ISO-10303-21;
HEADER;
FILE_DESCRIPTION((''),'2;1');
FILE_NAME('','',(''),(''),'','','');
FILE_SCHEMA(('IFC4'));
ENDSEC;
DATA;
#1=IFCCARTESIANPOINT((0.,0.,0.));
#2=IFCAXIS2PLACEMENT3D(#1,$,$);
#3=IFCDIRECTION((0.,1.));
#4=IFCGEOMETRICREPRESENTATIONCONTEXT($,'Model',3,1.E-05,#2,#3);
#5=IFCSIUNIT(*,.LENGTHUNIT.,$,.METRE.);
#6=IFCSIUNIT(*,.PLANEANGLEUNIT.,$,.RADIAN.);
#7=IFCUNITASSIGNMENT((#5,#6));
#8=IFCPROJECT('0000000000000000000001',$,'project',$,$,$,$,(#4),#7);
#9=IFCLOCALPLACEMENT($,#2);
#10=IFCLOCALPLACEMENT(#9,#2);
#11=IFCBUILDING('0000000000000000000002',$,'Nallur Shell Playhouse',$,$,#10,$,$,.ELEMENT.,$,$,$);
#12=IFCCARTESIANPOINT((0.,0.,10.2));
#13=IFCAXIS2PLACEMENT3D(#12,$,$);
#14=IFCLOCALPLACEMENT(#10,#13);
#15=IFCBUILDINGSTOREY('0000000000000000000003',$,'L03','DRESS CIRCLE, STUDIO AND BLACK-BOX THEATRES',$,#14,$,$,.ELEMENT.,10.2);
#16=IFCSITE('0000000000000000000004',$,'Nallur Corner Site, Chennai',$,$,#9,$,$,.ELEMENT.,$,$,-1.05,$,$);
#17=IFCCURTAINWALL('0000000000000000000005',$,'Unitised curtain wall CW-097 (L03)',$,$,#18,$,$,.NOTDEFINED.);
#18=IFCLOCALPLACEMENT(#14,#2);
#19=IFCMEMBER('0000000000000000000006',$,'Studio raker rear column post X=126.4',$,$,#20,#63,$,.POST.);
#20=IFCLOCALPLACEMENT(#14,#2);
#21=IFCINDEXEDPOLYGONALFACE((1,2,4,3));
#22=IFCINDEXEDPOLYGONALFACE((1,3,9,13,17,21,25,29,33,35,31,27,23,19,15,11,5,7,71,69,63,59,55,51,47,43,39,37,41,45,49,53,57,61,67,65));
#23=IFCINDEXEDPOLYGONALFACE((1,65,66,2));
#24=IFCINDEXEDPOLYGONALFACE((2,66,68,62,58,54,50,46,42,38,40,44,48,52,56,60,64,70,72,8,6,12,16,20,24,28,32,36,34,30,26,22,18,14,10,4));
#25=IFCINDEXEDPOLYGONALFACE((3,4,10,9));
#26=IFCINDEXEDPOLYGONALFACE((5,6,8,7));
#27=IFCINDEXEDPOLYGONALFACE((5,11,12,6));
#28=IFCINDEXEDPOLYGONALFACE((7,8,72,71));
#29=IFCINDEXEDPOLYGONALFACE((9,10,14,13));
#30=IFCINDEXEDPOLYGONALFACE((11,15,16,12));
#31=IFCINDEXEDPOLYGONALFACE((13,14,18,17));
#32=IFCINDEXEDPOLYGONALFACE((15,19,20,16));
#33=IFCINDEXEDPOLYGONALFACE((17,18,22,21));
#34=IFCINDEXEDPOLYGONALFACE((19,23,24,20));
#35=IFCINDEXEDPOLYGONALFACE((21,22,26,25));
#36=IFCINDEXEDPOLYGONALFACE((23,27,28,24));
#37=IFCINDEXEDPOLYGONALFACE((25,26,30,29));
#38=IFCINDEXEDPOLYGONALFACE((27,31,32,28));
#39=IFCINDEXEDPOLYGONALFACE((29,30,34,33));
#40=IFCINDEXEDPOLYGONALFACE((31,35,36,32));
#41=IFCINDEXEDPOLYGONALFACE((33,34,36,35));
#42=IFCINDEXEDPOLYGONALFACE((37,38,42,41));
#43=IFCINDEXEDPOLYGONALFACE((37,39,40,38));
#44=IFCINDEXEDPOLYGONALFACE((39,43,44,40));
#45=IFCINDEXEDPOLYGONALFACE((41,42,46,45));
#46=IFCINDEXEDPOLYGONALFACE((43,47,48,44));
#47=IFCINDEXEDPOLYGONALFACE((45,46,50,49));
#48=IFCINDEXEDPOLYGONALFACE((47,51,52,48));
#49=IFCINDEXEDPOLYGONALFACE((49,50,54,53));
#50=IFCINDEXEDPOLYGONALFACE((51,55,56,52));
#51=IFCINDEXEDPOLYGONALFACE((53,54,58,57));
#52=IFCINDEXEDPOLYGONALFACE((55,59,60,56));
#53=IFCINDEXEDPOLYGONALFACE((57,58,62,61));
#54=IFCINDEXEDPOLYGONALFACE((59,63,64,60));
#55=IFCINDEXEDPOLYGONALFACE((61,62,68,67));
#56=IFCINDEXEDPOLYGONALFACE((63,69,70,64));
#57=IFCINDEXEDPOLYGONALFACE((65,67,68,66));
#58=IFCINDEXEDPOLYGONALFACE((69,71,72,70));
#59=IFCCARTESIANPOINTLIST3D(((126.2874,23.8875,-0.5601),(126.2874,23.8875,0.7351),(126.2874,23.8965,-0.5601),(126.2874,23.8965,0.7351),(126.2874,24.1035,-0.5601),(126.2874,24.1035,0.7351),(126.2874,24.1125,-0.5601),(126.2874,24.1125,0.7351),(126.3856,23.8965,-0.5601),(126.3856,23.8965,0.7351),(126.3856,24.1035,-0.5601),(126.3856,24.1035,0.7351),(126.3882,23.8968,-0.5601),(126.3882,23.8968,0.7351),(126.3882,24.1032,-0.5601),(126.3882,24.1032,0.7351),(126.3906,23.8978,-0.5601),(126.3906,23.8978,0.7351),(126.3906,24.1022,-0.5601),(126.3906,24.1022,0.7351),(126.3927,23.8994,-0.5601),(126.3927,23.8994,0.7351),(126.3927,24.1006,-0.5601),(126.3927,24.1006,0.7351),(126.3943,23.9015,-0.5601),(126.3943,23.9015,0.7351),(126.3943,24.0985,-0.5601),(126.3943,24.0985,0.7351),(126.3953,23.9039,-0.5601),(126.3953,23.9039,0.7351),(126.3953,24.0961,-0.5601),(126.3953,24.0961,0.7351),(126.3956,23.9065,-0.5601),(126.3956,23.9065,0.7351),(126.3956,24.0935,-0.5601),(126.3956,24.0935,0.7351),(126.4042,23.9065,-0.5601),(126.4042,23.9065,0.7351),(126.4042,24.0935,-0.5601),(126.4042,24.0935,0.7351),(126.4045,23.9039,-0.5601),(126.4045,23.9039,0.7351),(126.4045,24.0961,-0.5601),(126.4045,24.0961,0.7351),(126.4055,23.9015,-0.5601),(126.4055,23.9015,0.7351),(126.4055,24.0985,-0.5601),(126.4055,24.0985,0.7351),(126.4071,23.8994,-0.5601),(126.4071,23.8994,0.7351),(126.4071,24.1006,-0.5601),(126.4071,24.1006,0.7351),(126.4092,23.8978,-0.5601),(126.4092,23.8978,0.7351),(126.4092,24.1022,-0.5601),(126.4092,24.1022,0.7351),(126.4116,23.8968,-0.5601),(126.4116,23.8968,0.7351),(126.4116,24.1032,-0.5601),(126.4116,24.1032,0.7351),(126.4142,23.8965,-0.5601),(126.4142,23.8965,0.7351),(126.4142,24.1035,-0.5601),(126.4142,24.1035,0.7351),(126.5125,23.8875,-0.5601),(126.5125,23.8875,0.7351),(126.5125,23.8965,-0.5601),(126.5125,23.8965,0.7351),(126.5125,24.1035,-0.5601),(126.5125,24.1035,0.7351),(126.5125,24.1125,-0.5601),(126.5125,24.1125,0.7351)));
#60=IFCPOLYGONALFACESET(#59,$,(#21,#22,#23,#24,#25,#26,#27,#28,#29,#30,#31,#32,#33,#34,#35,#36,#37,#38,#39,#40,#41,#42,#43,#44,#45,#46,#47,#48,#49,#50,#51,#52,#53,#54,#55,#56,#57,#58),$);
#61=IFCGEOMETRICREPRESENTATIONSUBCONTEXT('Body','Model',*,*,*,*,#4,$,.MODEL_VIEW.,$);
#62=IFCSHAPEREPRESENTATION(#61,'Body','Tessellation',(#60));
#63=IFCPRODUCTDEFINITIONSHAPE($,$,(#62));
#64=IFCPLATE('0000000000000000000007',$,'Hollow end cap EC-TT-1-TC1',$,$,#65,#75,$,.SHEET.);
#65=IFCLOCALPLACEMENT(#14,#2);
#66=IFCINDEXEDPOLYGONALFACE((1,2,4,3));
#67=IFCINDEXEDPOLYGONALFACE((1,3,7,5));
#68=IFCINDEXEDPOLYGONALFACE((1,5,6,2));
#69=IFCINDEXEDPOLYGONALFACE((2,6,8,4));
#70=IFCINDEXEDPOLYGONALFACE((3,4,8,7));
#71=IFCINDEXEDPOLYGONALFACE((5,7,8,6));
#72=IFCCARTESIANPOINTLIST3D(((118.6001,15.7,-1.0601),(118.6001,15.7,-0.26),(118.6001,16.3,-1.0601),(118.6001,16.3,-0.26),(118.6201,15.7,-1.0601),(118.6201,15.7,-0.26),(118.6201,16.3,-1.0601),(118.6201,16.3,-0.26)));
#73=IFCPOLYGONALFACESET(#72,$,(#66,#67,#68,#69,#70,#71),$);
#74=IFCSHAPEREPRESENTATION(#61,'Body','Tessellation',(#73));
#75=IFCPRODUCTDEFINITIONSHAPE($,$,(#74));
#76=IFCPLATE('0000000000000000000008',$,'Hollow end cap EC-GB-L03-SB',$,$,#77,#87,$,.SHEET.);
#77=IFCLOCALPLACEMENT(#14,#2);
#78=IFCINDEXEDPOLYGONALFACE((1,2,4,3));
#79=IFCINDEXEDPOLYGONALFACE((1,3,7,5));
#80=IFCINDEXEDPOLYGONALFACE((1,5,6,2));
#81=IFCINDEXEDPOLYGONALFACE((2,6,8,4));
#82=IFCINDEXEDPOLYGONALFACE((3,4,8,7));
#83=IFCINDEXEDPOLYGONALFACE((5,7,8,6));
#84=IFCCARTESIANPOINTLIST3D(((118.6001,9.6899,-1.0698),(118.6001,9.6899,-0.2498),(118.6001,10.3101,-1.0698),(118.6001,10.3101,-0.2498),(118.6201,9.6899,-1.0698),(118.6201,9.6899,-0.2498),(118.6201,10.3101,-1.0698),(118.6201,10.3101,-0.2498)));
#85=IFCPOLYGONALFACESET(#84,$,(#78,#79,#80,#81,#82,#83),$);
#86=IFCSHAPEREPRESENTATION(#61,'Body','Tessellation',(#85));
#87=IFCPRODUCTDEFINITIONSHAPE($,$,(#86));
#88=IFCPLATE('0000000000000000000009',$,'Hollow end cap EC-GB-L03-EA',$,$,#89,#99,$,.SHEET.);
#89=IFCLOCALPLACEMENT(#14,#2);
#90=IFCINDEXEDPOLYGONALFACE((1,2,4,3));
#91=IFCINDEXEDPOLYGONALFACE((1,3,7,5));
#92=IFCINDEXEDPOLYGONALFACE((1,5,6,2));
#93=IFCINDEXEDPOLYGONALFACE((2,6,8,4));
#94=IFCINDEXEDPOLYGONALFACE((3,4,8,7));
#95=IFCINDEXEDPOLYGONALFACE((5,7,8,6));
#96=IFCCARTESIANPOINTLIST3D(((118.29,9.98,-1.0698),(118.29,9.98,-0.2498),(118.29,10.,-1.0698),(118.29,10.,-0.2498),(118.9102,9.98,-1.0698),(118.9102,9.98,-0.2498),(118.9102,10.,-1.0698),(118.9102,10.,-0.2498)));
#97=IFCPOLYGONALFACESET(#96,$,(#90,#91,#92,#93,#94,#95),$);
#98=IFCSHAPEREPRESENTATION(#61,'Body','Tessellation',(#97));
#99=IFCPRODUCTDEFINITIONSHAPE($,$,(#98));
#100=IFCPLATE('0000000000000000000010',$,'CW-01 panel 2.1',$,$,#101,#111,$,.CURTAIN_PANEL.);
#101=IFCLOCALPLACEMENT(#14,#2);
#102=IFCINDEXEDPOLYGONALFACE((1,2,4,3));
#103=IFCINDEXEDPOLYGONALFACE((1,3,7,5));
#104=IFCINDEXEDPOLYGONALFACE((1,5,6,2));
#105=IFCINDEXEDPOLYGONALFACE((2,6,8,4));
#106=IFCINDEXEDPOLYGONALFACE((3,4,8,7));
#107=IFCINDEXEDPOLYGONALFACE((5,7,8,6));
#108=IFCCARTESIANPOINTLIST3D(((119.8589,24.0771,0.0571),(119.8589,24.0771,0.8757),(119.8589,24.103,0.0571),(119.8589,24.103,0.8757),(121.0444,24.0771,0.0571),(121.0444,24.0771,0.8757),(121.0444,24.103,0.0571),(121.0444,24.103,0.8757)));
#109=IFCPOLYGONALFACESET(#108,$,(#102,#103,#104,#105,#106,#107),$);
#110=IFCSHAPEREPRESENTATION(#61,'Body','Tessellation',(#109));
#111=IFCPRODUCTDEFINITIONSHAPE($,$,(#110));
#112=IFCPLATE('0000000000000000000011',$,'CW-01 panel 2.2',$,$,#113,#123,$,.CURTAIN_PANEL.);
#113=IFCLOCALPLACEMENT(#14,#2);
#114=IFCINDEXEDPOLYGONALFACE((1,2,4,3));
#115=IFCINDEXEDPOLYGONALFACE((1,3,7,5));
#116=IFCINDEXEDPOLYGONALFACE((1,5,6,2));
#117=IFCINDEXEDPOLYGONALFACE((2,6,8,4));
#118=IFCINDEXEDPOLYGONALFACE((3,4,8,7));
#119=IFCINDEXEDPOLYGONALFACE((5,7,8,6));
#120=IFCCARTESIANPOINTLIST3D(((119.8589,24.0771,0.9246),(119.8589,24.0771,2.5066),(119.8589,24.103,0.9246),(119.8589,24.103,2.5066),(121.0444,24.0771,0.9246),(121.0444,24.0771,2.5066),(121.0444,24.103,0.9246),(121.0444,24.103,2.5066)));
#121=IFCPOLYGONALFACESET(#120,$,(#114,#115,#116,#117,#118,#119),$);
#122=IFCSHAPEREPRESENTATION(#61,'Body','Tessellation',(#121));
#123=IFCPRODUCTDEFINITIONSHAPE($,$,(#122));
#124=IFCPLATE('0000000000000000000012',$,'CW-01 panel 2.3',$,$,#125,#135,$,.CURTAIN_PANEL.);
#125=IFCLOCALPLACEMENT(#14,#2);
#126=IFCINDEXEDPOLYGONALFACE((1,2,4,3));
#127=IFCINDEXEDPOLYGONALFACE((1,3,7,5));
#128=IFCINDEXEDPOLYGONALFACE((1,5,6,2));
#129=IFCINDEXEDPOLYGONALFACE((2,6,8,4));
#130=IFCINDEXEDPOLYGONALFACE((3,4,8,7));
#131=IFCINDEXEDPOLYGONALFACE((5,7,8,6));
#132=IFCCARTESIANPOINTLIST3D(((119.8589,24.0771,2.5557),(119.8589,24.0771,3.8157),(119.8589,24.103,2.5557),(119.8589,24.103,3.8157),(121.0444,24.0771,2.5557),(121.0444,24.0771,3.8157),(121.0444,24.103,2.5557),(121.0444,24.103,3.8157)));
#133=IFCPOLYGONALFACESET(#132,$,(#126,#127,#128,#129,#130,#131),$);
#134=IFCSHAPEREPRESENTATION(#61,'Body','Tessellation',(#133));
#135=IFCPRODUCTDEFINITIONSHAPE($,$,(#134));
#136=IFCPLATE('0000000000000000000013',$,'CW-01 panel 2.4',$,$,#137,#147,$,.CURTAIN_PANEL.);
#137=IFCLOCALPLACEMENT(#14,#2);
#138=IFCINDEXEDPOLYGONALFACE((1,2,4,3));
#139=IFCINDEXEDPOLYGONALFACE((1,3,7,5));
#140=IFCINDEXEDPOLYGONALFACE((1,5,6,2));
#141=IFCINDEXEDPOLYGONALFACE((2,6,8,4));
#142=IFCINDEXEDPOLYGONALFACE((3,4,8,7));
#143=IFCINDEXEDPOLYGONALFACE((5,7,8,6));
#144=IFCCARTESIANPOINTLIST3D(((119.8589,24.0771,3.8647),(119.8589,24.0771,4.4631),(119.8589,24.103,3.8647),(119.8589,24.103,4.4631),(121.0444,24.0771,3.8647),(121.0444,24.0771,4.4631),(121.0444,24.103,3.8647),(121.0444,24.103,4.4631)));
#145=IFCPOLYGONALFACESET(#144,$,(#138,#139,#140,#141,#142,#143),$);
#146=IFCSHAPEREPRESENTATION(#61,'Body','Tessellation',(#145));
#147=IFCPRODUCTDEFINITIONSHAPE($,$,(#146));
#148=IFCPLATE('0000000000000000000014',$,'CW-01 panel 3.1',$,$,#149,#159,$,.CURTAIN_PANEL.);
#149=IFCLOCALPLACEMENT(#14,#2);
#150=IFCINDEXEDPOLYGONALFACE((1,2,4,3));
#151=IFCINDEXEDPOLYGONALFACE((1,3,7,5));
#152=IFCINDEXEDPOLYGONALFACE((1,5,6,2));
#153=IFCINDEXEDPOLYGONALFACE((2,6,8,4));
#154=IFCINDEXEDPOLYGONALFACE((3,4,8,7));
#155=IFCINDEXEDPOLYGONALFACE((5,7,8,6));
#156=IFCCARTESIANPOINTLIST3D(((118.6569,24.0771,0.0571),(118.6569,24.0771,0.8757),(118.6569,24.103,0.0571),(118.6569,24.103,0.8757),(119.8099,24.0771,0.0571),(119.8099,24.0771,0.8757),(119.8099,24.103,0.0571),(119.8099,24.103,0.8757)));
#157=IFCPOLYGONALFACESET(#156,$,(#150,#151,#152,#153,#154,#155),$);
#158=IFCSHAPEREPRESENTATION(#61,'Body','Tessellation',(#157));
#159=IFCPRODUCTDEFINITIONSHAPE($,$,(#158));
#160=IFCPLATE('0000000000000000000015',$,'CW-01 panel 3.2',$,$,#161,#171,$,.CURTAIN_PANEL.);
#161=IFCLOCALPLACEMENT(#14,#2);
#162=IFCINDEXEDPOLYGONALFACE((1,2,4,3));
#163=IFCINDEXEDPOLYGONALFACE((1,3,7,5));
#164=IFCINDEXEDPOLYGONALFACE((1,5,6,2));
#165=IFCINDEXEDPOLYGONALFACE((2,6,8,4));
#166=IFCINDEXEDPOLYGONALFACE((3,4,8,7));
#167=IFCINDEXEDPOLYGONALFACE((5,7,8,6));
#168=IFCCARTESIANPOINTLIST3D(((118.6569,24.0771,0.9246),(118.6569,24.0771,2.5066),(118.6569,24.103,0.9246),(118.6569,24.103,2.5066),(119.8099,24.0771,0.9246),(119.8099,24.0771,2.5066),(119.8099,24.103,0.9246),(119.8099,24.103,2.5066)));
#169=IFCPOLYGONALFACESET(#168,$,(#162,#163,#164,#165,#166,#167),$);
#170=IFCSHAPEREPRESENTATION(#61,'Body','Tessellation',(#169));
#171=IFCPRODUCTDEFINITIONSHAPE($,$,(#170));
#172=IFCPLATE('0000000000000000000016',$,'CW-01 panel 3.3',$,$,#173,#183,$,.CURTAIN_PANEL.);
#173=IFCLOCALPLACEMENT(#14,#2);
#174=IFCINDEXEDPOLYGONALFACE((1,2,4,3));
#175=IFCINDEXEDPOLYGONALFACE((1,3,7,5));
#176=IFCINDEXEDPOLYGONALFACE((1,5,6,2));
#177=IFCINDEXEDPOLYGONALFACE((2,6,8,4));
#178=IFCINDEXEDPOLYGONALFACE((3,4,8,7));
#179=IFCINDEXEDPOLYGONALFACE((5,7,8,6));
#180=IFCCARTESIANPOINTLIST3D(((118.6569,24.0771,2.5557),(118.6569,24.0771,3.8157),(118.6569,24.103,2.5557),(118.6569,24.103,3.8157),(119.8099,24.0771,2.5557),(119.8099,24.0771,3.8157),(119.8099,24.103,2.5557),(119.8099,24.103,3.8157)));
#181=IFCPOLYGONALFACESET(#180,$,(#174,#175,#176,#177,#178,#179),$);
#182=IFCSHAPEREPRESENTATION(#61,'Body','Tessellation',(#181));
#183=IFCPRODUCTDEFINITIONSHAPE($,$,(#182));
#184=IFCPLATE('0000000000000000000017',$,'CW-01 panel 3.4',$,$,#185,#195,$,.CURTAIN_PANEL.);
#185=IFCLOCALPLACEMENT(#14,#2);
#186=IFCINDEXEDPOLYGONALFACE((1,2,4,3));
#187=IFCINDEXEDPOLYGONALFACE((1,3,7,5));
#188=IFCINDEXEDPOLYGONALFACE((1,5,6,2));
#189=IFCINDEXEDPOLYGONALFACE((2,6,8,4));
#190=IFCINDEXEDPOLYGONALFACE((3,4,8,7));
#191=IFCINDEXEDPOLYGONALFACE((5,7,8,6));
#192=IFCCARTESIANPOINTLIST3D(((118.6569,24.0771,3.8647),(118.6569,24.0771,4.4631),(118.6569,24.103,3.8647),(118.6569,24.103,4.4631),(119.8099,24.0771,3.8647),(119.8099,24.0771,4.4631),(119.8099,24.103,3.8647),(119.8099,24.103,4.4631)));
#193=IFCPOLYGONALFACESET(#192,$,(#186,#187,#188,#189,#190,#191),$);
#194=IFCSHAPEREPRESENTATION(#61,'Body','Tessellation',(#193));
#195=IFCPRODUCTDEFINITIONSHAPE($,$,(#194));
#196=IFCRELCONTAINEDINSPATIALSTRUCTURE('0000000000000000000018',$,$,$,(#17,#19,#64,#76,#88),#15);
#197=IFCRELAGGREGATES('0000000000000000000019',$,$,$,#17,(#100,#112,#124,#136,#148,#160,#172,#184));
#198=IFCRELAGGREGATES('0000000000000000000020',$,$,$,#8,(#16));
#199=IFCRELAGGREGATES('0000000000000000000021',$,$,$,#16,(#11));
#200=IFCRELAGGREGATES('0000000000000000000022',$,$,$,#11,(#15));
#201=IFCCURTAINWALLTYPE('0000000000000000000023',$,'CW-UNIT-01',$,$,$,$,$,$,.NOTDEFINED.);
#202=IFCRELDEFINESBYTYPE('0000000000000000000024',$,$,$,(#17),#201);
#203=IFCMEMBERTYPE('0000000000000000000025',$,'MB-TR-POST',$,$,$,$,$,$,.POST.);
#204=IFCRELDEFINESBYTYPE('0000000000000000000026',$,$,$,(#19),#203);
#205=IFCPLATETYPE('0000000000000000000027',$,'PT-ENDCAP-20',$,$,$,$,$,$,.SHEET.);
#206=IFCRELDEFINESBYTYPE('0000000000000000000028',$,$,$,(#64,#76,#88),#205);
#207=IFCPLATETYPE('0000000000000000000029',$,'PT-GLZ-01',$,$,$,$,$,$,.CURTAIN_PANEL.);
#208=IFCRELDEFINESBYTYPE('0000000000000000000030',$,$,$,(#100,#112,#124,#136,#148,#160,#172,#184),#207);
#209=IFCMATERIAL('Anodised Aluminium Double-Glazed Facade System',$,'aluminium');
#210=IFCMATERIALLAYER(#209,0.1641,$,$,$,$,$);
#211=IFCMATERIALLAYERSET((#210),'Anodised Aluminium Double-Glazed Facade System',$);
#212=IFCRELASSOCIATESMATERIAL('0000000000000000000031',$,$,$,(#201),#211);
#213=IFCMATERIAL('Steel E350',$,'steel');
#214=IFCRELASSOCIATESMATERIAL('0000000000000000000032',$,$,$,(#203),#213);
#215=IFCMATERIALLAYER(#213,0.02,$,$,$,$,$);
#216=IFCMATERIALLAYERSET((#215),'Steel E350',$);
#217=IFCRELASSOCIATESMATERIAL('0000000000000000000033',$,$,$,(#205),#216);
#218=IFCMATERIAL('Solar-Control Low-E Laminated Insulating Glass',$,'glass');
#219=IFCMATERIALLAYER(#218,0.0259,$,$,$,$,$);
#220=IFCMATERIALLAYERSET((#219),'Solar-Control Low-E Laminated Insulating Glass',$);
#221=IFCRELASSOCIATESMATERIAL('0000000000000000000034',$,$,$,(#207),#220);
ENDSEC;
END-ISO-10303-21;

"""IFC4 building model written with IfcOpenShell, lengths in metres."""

from ifc_helpers import new_model, si_unit, direction, frame, origin, origin_2d, place, context, subcontext, project, spatial, rectangle, i_section, extrude, material, layer, layer_set, material_profile, profile_set, type_object, element, aggregate, save


model = new_model("IFC4")

# Units and contexts
model_context = context("Model", 3, precision=1e-05, world=origin(), true_north=direction((0.0, 1.0)))
body_context = subcontext(model_context, "Body", "Model", "MODEL_VIEW")
ifc_project = project(units=[si_unit("LENGTHUNIT", "METRE"), si_unit("PLANEANGLEUNIT", "RADIAN")], contexts=[model_context])

# Site, building, storey
site_placement = place(None, origin())
site = spatial("IfcSite", under=ifc_project, at=site_placement, Name="Nallur Corner Site, Chennai", CompositionType="ELEMENT", RefElevation=-1.05)
building_placement = place(site_placement, origin())
building = spatial("IfcBuilding", under=site, at=building_placement, Name="Nallur Shell Playhouse", CompositionType="ELEMENT")
storey_placement = place(building_placement, frame((0.0, 0.0, 10.2)))
storey = spatial("IfcBuildingStorey", under=building, at=storey_placement, Name="L03", Description="DRESS CIRCLE, STUDIO AND BLACK-BOX THEATRES", CompositionType="ELEMENT", Elevation=10.2)

# Shared definitions
ifc_material_1 = material(Name="Steel E350", Category="steel")

# Curtain wall
ifc_material_2 = material(Name="Anodised Aluminium Double-Glazed Facade System", Category="aluminium")
ifc_layer_1 = layer(ifc_material_2, 0.1641)
ifc_layer_set_1 = layer_set([ifc_layer_1], Name="Anodised Aluminium Double-Glazed Facade System")
curtain_wall_type = type_object("IfcCurtainWallType", Name="CW-UNIT-01", PredefinedType="NOTDEFINED", material=ifc_layer_set_1)
curtain_wall_placement = place(storey_placement, origin())
curtain_wall = element("IfcCurtainWall", 1, at=curtain_wall_placement, inside=storey, type_object=curtain_wall_type, Name="Unitised curtain wall CW-097 (L03)", PredefinedType="NOTDEFINED")

# Member
ifc_material_profile_1 = material_profile(ifc_material_1, i_section(OverallWidth=0.2251, OverallDepth=0.2251, WebThickness=0.0085, FlangeThickness=0.009, FilletRadius=0.01, at=origin_2d()), Name="ISHB 225")
ifc_profile_set_1 = profile_set([ifc_material_profile_1], Name="Steel E350")
member_type_1 = type_object("IfcMemberType", Name="MB-TR-POST", PredefinedType="POST", material=ifc_profile_set_1)
member_1_placement = place(storey_placement, frame((126.3999, 24.0, -0.5601), z_axis=(0.0, 0.0, 1.0), x_axis=(1.0, 0.0, 0.0)))
element("IfcMember", 2, at=member_1_placement, inside=storey, type_object=member_type_1, Name="Studio raker rear column post X=126.4", PredefinedType="POST", context=body_context, shape_type="SweptSolid", body=[
    extrude(i_section(OverallWidth=0.2251, OverallDepth=0.2251, WebThickness=0.0085, FlangeThickness=0.009, FilletRadius=0.01, at=origin_2d()), origin(), (0.0, 0.0, 1.0), 1.2952),
])

# Plates
ifc_layer_2 = layer(ifc_material_1, 0.02)
ifc_layer_set_2 = layer_set([ifc_layer_2], Name="Steel E350")
plate_type_1 = type_object("IfcPlateType", Name="PT-ENDCAP-20", PredefinedType="SHEET", material=ifc_layer_set_2)
plate_1_placement = place(storey_placement, frame((118.6101, 16.0, -1.0601), z_axis=(0.0, 0.0, 1.0), x_axis=(1.0, 0.0, 0.0)))
element("IfcPlate", 3, at=plate_1_placement, inside=storey, type_object=plate_type_1, Name="Hollow end cap EC-TT-1-TC1", PredefinedType="SHEET", context=body_context, shape_type="SweptSolid", body=[
    extrude(rectangle(XDim=0.02, YDim=0.6001, at=origin_2d()), origin(), (0.0, 0.0, 1.0), 0.8),
])
plate_2_placement = place(storey_placement, frame((118.6101, 10.0, -1.0698), z_axis=(0.0, 0.0, 1.0), x_axis=(1.0, 0.0, 0.0)))
element("IfcPlate", 4, at=plate_2_placement, inside=storey, type_object=plate_type_1, Name="Hollow end cap EC-GB-L03-SB", PredefinedType="SHEET", context=body_context, shape_type="SweptSolid", body=[
    extrude(rectangle(XDim=0.02, YDim=0.6201, at=origin_2d()), origin(), (0.0, 0.0, 1.0), 0.8201),
])
plate_3_placement = place(storey_placement, frame((118.6001, 9.99, -1.0698), z_axis=(0.0, 0.0, 1.0), x_axis=(1.0, 0.0, 0.0)))
element("IfcPlate", 5, at=plate_3_placement, inside=storey, type_object=plate_type_1, Name="Hollow end cap EC-GB-L03-EA", PredefinedType="SHEET", context=body_context, shape_type="SweptSolid", body=[
    extrude(rectangle(XDim=0.6201, YDim=0.02, at=origin_2d()), origin(), (0.0, 0.0, 1.0), 0.8201),
])

# Plates
ifc_material_3 = material(Name="Solar-Control Low-E Laminated Insulating Glass", Category="glass")
ifc_layer_3 = layer(ifc_material_3, 0.0259)
ifc_layer_set_3 = layer_set([ifc_layer_3], Name="Solar-Control Low-E Laminated Insulating Glass")
plate_type_2 = type_object("IfcPlateType", Name="PT-GLZ-01", PredefinedType="CURTAIN_PANEL", material=ifc_layer_set_3)
plate_4_placement = place(storey_placement, frame((120.4517, 24.0901, 0.0571), z_axis=(0.0, 0.0, 1.0), x_axis=(-1.0, 0.0, 0.0)))
plate_4 = element("IfcPlate", 6, at=plate_4_placement, type_object=plate_type_2, Name="CW-01 panel 2.1", PredefinedType="CURTAIN_PANEL", context=body_context, shape_type="SweptSolid", body=[
    extrude(rectangle(XDim=1.1855, YDim=0.0259, at=origin_2d()), origin(), (0.0, 0.0, 1.0), 0.8186),
])
plate_5_placement = place(storey_placement, frame((120.4517, 24.0901, 0.9246), z_axis=(0.0, 0.0, 1.0), x_axis=(-1.0, 0.0, 0.0)))
plate_5 = element("IfcPlate", 7, at=plate_5_placement, type_object=plate_type_2, Name="CW-01 panel 2.2", PredefinedType="CURTAIN_PANEL", context=body_context, shape_type="SweptSolid", body=[
    extrude(rectangle(XDim=1.1855, YDim=0.0259, at=origin_2d()), origin(), (0.0, 0.0, 1.0), 1.582),
])
plate_6_placement = place(storey_placement, frame((120.4517, 24.0901, 2.5557), z_axis=(0.0, 0.0, 1.0), x_axis=(-1.0, 0.0, 0.0)))
plate_6 = element("IfcPlate", 8, at=plate_6_placement, type_object=plate_type_2, Name="CW-01 panel 2.3", PredefinedType="CURTAIN_PANEL", context=body_context, shape_type="SweptSolid", body=[
    extrude(rectangle(XDim=1.1855, YDim=0.0259, at=origin_2d()), origin(), (0.0, 0.0, 1.0), 1.26),
])
plate_7_placement = place(storey_placement, frame((120.4517, 24.0901, 3.8647), z_axis=(0.0, 0.0, 1.0), x_axis=(-1.0, 0.0, 0.0)))
plate_7 = element("IfcPlate", 9, at=plate_7_placement, type_object=plate_type_2, Name="CW-01 panel 2.4", PredefinedType="CURTAIN_PANEL", context=body_context, shape_type="SweptSolid", body=[
    extrude(rectangle(XDim=1.1855, YDim=0.0259, at=origin_2d()), origin(), (0.0, 0.0, 1.0), 0.5984),
])
plate_8_placement = place(storey_placement, frame((119.2334, 24.0901, 0.0571), z_axis=(0.0, 0.0, 1.0), x_axis=(-1.0, 0.0, 0.0)))
plate_8 = element("IfcPlate", 10, at=plate_8_placement, type_object=plate_type_2, Name="CW-01 panel 3.1", PredefinedType="CURTAIN_PANEL", context=body_context, shape_type="SweptSolid", body=[
    extrude(rectangle(XDim=1.1531, YDim=0.0259, at=origin_2d()), origin(), (0.0, 0.0, 1.0), 0.8186),
])
plate_9_placement = place(storey_placement, frame((119.2334, 24.0901, 0.9246), z_axis=(0.0, 0.0, 1.0), x_axis=(-1.0, 0.0, 0.0)))
plate_9 = element("IfcPlate", 11, at=plate_9_placement, type_object=plate_type_2, Name="CW-01 panel 3.2", PredefinedType="CURTAIN_PANEL", context=body_context, shape_type="SweptSolid", body=[
    extrude(rectangle(XDim=1.1531, YDim=0.0259, at=origin_2d()), origin(), (0.0, 0.0, 1.0), 1.582),
])
plate_10_placement = place(storey_placement, frame((119.2334, 24.0901, 2.5557), z_axis=(0.0, 0.0, 1.0), x_axis=(-1.0, 0.0, 0.0)))
plate_10 = element("IfcPlate", 12, at=plate_10_placement, type_object=plate_type_2, Name="CW-01 panel 3.3", PredefinedType="CURTAIN_PANEL", context=body_context, shape_type="SweptSolid", body=[
    extrude(rectangle(XDim=1.1531, YDim=0.0259, at=origin_2d()), origin(), (0.0, 0.0, 1.0), 1.26),
])
plate_11_placement = place(storey_placement, frame((119.2334, 24.0901, 3.8647), z_axis=(0.0, 0.0, 1.0), x_axis=(-1.0, 0.0, 0.0)))
plate_11 = element("IfcPlate", 13, at=plate_11_placement, type_object=plate_type_2, Name="CW-01 panel 3.4", PredefinedType="CURTAIN_PANEL", context=body_context, shape_type="SweptSolid", body=[
    extrude(rectangle(XDim=1.1531, YDim=0.0259, at=origin_2d()), origin(), (0.0, 0.0, 1.0), 0.5984),
])
aggregate(curtain_wall, [plate_4, plate_5, plate_6, plate_7, plate_8, plate_9, plate_10, plate_11])

save(model, "model.ifc")
